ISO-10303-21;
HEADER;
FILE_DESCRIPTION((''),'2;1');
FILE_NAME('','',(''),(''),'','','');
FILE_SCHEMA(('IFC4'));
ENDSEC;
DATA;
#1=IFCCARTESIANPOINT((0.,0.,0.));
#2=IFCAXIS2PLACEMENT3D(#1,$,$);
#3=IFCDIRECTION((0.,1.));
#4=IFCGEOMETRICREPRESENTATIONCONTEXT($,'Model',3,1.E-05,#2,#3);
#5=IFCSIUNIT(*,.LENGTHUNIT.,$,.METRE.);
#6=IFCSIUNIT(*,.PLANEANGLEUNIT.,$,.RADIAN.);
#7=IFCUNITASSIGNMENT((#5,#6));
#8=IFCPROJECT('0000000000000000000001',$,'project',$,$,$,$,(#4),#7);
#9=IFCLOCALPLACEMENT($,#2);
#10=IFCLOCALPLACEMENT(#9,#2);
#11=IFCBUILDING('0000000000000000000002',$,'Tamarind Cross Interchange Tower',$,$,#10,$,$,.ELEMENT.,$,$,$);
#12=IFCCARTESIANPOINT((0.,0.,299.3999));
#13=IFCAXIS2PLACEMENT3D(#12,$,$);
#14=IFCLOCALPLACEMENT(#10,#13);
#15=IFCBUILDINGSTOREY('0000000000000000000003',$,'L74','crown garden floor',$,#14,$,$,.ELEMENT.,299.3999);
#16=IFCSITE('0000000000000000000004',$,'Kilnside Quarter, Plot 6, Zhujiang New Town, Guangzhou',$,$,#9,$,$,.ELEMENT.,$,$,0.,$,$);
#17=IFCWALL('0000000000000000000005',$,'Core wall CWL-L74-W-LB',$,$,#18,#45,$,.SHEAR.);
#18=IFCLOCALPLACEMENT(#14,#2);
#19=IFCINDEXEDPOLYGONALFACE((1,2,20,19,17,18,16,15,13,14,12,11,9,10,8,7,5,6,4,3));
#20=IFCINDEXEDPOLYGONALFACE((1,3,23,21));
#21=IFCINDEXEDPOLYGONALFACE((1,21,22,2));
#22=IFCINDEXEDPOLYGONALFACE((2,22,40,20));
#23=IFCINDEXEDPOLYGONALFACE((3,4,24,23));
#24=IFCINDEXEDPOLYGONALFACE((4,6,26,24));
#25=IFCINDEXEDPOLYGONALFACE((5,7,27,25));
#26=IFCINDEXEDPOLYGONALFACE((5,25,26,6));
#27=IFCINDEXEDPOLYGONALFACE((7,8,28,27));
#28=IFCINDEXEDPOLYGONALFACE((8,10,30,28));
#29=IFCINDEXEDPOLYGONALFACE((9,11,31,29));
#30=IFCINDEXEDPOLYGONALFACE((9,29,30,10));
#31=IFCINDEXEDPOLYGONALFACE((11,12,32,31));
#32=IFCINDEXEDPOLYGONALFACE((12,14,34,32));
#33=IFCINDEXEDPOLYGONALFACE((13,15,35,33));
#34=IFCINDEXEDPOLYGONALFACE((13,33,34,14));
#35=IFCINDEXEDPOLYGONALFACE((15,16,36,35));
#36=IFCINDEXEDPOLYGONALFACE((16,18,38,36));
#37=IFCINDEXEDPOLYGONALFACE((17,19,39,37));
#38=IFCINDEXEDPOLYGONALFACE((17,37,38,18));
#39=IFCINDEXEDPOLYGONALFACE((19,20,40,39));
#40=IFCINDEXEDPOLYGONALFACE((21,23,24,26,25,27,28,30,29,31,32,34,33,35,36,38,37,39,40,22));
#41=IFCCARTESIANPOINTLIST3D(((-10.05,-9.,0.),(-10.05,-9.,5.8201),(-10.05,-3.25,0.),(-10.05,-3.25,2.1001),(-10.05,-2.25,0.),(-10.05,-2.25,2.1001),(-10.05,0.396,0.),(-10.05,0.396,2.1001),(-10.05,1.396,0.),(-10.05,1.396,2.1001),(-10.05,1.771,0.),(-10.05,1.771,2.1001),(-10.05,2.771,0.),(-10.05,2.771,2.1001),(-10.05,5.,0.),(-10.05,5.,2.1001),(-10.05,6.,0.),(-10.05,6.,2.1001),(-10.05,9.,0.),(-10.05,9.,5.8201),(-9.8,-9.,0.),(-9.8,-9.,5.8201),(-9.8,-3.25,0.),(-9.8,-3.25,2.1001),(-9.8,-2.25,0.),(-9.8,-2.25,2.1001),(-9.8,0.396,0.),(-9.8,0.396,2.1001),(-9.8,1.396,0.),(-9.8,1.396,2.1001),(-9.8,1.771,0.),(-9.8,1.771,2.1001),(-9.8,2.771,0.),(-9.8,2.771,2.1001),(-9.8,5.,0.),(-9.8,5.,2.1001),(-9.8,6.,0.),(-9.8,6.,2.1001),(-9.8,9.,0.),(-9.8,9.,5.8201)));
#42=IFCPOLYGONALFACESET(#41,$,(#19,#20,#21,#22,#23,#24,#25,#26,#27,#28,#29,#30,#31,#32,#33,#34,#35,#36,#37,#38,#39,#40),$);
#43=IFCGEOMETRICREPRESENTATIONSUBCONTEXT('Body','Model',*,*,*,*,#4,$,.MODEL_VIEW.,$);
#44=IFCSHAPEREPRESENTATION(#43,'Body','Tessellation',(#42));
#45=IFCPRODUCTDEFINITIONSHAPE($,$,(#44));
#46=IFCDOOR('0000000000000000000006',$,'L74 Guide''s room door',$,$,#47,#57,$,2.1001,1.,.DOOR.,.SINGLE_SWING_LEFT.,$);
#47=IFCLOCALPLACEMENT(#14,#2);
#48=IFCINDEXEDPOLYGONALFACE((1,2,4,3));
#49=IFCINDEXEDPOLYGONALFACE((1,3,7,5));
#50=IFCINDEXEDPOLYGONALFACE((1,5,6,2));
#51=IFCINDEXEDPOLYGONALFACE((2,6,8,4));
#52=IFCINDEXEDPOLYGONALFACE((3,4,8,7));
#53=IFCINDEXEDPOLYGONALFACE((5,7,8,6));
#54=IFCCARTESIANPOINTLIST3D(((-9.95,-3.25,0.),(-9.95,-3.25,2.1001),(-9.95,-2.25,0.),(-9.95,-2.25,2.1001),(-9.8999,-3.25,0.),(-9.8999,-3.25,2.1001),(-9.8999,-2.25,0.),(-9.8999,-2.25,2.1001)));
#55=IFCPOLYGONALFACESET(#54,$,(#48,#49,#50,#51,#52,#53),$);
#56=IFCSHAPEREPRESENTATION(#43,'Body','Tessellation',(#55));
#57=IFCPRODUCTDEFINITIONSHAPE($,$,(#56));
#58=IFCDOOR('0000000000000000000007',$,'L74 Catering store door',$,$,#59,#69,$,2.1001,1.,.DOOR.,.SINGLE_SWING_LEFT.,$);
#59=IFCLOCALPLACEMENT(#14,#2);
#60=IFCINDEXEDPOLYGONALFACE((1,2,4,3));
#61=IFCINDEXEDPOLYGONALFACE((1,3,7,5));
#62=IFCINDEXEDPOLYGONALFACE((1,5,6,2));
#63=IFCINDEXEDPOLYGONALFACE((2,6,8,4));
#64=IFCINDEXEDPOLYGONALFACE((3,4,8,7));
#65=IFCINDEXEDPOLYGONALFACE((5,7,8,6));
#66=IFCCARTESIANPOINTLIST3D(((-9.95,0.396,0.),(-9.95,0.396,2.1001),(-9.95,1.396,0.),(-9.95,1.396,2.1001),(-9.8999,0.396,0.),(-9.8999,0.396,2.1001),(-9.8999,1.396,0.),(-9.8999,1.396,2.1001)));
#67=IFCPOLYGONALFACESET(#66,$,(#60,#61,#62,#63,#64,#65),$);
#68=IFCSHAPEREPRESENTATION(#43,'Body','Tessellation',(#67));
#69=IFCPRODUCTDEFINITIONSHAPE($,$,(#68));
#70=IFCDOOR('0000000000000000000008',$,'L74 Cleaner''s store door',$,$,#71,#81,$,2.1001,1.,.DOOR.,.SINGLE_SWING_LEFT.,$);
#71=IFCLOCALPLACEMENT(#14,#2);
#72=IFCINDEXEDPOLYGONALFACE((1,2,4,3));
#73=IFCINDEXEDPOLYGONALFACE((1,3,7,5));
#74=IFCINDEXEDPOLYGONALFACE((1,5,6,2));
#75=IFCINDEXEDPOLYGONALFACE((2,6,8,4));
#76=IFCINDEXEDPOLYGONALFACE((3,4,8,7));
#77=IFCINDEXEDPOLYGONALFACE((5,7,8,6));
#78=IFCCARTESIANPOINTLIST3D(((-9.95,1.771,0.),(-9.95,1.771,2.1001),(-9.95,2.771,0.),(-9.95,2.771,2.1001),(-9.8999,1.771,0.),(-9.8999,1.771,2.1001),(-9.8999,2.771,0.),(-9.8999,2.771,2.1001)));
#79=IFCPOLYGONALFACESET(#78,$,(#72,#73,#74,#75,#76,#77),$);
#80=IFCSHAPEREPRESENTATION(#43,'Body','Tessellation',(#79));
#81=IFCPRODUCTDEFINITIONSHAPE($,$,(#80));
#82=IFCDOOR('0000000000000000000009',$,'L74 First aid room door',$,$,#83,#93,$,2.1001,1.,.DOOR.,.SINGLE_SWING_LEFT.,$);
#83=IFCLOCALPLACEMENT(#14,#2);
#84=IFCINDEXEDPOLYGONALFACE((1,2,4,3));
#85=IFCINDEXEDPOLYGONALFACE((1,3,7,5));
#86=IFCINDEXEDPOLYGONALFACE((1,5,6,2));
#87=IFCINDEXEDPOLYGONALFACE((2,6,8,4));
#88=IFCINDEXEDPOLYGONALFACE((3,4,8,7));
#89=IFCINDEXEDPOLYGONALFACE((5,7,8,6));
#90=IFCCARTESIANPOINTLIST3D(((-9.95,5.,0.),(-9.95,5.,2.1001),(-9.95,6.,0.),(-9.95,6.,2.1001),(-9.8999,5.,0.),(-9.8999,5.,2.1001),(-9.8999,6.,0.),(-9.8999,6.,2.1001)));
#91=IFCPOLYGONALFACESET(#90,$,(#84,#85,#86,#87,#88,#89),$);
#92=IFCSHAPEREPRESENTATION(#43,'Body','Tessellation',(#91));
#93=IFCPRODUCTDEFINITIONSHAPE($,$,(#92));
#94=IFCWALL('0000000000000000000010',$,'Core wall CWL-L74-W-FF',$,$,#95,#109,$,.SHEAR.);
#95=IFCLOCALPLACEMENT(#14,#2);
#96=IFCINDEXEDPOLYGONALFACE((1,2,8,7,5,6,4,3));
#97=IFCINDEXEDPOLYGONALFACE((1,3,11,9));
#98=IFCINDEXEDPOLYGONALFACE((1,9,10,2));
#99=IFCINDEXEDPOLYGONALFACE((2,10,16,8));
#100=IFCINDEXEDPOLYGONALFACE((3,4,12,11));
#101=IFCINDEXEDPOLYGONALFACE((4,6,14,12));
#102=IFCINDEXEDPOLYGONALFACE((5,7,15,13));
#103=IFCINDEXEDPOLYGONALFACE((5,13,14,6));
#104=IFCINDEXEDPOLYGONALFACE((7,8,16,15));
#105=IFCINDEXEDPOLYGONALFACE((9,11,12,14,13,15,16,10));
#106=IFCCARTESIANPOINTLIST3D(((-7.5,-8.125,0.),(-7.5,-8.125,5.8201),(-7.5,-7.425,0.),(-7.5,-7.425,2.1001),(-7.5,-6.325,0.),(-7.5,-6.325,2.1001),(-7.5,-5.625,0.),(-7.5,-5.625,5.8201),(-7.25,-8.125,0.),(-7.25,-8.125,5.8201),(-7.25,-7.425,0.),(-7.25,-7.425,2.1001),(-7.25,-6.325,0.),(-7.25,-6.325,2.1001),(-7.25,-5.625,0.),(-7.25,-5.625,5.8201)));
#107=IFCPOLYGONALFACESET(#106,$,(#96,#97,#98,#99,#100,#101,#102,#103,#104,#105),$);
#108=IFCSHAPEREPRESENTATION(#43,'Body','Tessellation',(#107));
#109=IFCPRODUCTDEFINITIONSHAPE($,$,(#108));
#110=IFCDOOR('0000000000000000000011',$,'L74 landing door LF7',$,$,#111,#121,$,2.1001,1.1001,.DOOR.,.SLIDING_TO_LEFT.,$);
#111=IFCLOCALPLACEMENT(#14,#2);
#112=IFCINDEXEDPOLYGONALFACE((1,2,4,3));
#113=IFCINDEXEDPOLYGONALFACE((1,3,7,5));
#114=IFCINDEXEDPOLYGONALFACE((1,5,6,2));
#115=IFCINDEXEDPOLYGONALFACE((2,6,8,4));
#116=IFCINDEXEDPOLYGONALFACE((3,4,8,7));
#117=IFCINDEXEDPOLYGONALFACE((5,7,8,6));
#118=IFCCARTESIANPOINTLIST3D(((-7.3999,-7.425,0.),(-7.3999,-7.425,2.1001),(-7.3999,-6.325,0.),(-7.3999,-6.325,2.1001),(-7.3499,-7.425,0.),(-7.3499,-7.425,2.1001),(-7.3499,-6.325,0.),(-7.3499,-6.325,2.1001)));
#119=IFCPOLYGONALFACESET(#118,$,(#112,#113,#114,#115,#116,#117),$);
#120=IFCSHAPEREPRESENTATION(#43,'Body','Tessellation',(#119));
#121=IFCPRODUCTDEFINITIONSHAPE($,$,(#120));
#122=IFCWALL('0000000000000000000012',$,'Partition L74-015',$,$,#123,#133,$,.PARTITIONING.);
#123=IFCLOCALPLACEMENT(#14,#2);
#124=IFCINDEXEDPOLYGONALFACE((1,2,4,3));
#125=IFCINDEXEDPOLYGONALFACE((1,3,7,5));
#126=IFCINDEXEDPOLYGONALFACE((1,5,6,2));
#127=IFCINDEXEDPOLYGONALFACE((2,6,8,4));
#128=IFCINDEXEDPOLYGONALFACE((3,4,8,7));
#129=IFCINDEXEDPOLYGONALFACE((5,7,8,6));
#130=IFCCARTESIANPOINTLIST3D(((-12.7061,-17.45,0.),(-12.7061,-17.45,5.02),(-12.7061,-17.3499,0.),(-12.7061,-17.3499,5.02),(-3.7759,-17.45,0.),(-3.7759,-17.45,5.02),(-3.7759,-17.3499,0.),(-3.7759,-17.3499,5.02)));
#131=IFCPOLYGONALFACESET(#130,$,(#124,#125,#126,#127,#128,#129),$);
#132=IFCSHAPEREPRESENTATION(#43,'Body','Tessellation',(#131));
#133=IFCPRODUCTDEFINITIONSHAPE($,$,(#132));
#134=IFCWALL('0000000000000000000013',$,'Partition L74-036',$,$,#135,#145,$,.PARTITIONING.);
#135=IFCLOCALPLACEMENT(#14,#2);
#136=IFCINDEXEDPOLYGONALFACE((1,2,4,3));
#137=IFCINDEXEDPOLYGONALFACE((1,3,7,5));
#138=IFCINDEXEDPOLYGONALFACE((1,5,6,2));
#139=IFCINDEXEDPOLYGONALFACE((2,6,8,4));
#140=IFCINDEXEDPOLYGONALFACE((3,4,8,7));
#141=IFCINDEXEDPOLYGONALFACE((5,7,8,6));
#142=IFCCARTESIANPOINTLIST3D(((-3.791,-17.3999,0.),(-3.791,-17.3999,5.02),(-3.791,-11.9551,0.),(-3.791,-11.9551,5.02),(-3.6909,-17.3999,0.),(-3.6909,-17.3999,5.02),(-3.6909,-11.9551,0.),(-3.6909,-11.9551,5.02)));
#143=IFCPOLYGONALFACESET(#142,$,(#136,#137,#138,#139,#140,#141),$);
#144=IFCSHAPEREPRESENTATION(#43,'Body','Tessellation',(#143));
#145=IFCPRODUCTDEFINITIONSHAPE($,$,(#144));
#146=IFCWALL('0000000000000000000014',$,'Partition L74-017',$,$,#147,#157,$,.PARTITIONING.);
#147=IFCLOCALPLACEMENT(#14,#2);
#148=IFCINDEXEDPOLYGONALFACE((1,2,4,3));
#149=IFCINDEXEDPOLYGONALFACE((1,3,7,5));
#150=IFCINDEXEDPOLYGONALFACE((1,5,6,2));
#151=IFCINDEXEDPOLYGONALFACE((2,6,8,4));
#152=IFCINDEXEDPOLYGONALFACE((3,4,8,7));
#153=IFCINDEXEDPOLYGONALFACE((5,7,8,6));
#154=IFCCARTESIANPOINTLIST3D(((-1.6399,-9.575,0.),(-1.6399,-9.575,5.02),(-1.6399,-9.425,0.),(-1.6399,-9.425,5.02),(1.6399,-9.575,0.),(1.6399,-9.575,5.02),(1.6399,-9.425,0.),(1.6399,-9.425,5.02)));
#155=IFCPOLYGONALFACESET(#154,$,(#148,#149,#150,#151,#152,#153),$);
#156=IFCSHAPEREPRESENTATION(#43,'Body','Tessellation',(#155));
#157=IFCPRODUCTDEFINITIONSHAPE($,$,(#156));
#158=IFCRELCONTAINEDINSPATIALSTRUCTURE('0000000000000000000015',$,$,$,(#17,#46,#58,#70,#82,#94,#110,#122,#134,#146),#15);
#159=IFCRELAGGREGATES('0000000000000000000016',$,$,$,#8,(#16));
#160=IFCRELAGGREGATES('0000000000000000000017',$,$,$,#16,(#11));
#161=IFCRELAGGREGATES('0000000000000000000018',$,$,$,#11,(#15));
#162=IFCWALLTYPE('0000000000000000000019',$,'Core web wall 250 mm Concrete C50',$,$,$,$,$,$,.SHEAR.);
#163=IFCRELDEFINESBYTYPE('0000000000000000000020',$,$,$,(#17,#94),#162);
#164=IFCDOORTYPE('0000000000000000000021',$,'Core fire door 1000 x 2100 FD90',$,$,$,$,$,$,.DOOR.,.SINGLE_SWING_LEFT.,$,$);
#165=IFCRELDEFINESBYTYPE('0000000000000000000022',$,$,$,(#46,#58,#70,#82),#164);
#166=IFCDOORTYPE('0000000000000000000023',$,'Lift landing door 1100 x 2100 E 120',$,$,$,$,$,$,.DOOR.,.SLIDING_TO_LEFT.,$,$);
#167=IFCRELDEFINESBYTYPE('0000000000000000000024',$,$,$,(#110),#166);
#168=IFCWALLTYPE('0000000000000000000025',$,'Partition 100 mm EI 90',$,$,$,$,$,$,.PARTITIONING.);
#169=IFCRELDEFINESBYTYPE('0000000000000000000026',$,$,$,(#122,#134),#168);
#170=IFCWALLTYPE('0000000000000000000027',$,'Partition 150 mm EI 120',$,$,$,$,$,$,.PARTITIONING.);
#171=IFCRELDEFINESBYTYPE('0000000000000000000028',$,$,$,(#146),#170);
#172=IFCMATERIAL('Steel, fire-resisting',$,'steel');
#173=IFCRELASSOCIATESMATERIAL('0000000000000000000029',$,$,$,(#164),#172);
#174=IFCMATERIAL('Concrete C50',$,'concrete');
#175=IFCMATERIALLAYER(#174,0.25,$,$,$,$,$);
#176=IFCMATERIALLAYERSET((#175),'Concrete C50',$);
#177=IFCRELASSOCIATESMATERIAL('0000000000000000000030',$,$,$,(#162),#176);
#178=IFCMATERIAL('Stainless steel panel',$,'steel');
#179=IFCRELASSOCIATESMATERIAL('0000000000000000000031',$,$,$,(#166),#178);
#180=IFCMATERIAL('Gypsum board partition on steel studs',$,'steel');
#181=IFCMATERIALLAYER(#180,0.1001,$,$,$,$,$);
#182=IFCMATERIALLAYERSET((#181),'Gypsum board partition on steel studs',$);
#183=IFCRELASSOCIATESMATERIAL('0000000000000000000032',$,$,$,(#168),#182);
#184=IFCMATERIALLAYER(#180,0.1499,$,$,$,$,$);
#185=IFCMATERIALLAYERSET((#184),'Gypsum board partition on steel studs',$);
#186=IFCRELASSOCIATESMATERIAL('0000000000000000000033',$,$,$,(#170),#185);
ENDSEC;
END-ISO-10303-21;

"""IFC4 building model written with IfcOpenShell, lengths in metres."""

from ifc_helpers import new_model, si_unit, direction, frame, frame_2d, origin, place, context, subcontext, project, spatial, rectangle, extrude, material, layer, layer_set, type_object, element, fill, save


model = new_model("IFC4")

# Units and contexts
model_context = context("Model", 3, precision=1e-05, world=origin(), true_north=direction((0.0, 1.0)))
body_context = subcontext(model_context, "Body", "Model", "MODEL_VIEW")
ifc_project = project(units=[si_unit("LENGTHUNIT", "METRE"), si_unit("PLANEANGLEUNIT", "RADIAN")], contexts=[model_context])

# Site, building, storey
site_placement = place(None, origin())
site = spatial("IfcSite", under=ifc_project, at=site_placement, Name="Kilnside Quarter, Plot 6, Zhujiang New Town, Guangzhou", CompositionType="ELEMENT", RefElevation=0.0)
building_placement = place(site_placement, origin())
building = spatial("IfcBuilding", under=site, at=building_placement, Name="Tamarind Cross Interchange Tower", CompositionType="ELEMENT")
storey_placement = place(building_placement, frame((0.0, 0.0, 299.3999)))
storey = spatial("IfcBuildingStorey", under=building, at=storey_placement, Name="L74", Description="crown garden floor", CompositionType="ELEMENT", Elevation=299.3999)

# Shared definitions
ifc_material_1 = material(Name="Concrete C50", Category="concrete")
ifc_material_2 = material(Name="Steel, fire-resisting", Category="steel")
door_type_1 = type_object("IfcDoorType", Name="Core fire door 1000 x 2100 FD90", OperationType="SINGLE_SWING_LEFT", PredefinedType="DOOR", material=ifc_material_2)

# Shared definitions
ifc_layer_1 = layer(ifc_material_1, 0.25)
ifc_layer_set_1 = layer_set([ifc_layer_1], Name="Concrete C50")
wall_type_1 = type_object("IfcWallType", Name="Core web wall 250 mm Concrete C50", PredefinedType="SHEAR", material=ifc_layer_set_1)

# Wall, openings, doors
wall_1_placement = place(storey_placement, frame((-9.925, -9.0, 0.0), z_axis=(0.0, 0.0, 1.0), x_axis=(0.0, 1.0, 0.0)))
wall_1 = element("IfcWall", 1, at=wall_1_placement, inside=storey, type_object=wall_type_1, Name="Core wall CWL-L74-W-LB", PredefinedType="SHEAR", context=body_context, shape_type="SweptSolid", body=[
    extrude(rectangle(XDim=18.0, YDim=0.25, at=frame_2d((9.0, 0.0))), origin(), (0.0, 0.0, 1.0), 5.8201),
])
opening_1_placement = place(wall_1_placement, frame((5.75, 0.0, 0.0)))
opening_1 = element("IfcOpeningElement", 2, at=opening_1_placement, cuts=wall_1, PredefinedType="OPENING", context=body_context, shape_type="SweptSolid", body=[
    extrude(rectangle(XDim=1.0, YDim=2.1001, at=frame_2d((0.5, 1.05))), frame((0.0, 0.135, 0.0), z_axis=(0.0, -1.0, 0.0), x_axis=(1.0, 0.0, 0.0)), (0.0, 0.0, 1.0), 0.27),
])
opening_2_placement = place(wall_1_placement, frame((9.396, 0.0, 0.0)))
opening_2 = element("IfcOpeningElement", 3, at=opening_2_placement, cuts=wall_1, PredefinedType="OPENING", context=body_context, shape_type="SweptSolid", body=[
    extrude(rectangle(XDim=1.0, YDim=2.1001, at=frame_2d((0.5, 1.05))), frame((0.0, 0.135, 0.0), z_axis=(0.0, -1.0, 0.0), x_axis=(1.0, 0.0, 0.0)), (0.0, 0.0, 1.0), 0.27),
])
opening_3_placement = place(wall_1_placement, frame((10.771, 0.0, 0.0)))
opening_3 = element("IfcOpeningElement", 4, at=opening_3_placement, cuts=wall_1, PredefinedType="OPENING", context=body_context, shape_type="SweptSolid", body=[
    extrude(rectangle(XDim=1.0, YDim=2.1001, at=frame_2d((0.5, 1.05))), frame((0.0, 0.135, 0.0), z_axis=(0.0, -1.0, 0.0), x_axis=(1.0, 0.0, 0.0)), (0.0, 0.0, 1.0), 0.27),
])
opening_4_placement = place(wall_1_placement, frame((14.0, 0.0, 0.0)))
opening_4 = element("IfcOpeningElement", 5, at=opening_4_placement, cuts=wall_1, PredefinedType="OPENING", context=body_context, shape_type="SweptSolid", body=[
    extrude(rectangle(XDim=1.0, YDim=2.1001, at=frame_2d((0.5, 1.05))), frame((0.0, 0.135, 0.0), z_axis=(0.0, -1.0, 0.0), x_axis=(1.0, 0.0, 0.0)), (0.0, 0.0, 1.0), 0.27),
])
door_1_placement = place(opening_1_placement, origin())
door_1 = element("IfcDoor", 6, at=door_1_placement, inside=storey, type_object=door_type_1, Name="L74 Guide's room door", OperationType="SINGLE_SWING_LEFT", OverallHeight=2.1001, OverallWidth=1.0, PredefinedType="DOOR", context=body_context, shape_type="SweptSolid", body=[
    extrude(rectangle(XDim=1.0, YDim=2.1001, at=frame_2d((0.5, 1.05))), frame((0.0, 0.0249, 0.0), z_axis=(0.0, -1.0, 0.0), x_axis=(1.0, 0.0, 0.0)), (0.0, 0.0, 1.0), 0.05),
])
fill(opening_1, door_1)
door_2_placement = place(opening_2_placement, origin())
door_2 = element("IfcDoor", 7, at=door_2_placement, inside=storey, type_object=door_type_1, Name="L74 Catering store door", OperationType="SINGLE_SWING_LEFT", OverallHeight=2.1001, OverallWidth=1.0, PredefinedType="DOOR", context=body_context, shape_type="SweptSolid", body=[
    extrude(rectangle(XDim=1.0, YDim=2.1001, at=frame_2d((0.5, 1.05))), frame((0.0, 0.0249, 0.0), z_axis=(0.0, -1.0, 0.0), x_axis=(1.0, 0.0, 0.0)), (0.0, 0.0, 1.0), 0.05),
])
fill(opening_2, door_2)
door_3_placement = place(opening_3_placement, origin())
door_3 = element("IfcDoor", 8, at=door_3_placement, inside=storey, type_object=door_type_1, Name="L74 Cleaner's store door", OperationType="SINGLE_SWING_LEFT", OverallHeight=2.1001, OverallWidth=1.0, PredefinedType="DOOR", context=body_context, shape_type="SweptSolid", body=[
    extrude(rectangle(XDim=1.0, YDim=2.1001, at=frame_2d((0.5, 1.05))), frame((0.0, 0.0249, 0.0), z_axis=(0.0, -1.0, 0.0), x_axis=(1.0, 0.0, 0.0)), (0.0, 0.0, 1.0), 0.05),
])
fill(opening_3, door_3)
door_4_placement = place(opening_4_placement, origin())
door_4 = element("IfcDoor", 9, at=door_4_placement, inside=storey, type_object=door_type_1, Name="L74 First aid room door", OperationType="SINGLE_SWING_LEFT", OverallHeight=2.1001, OverallWidth=1.0, PredefinedType="DOOR", context=body_context, shape_type="SweptSolid", body=[
    extrude(rectangle(XDim=1.0, YDim=2.1001, at=frame_2d((0.5, 1.05))), frame((0.0, 0.0249, 0.0), z_axis=(0.0, -1.0, 0.0), x_axis=(1.0, 0.0, 0.0)), (0.0, 0.0, 1.0), 0.05),
])
fill(opening_4, door_4)

# Wall, opening, door
wall_2_placement = place(storey_placement, frame((-7.375, -8.125, 0.0), z_axis=(0.0, 0.0, 1.0), x_axis=(0.0, 1.0, 0.0)))
wall_2 = element("IfcWall", 10, at=wall_2_placement, inside=storey, type_object=wall_type_1, Name="Core wall CWL-L74-W-FF", PredefinedType="SHEAR", context=body_context, shape_type="SweptSolid", body=[
    extrude(rectangle(XDim=2.5, YDim=0.25, at=frame_2d((1.25, 0.0))), origin(), (0.0, 0.0, 1.0), 5.8201),
])
opening_5_placement = place(wall_2_placement, frame((0.7, 0.0, 0.0)))
opening_5 = element("IfcOpeningElement", 11, at=opening_5_placement, cuts=wall_2, PredefinedType="OPENING", context=body_context, shape_type="SweptSolid", body=[
    extrude(rectangle(XDim=1.1001, YDim=2.1001, at=frame_2d((0.55, 1.05))), frame((0.0, 0.135, 0.0), z_axis=(0.0, -1.0, 0.0), x_axis=(1.0, 0.0, 0.0)), (0.0, 0.0, 1.0), 0.27),
])
ifc_material_3 = material(Name="Stainless steel panel", Category="steel")
door_type_2 = type_object("IfcDoorType", Name="Lift landing door 1100 x 2100 E 120", OperationType="SLIDING_TO_LEFT", PredefinedType="DOOR", material=ifc_material_3)
door_5_placement = place(opening_5_placement, origin())
door_5 = element("IfcDoor", 12, at=door_5_placement, inside=storey, type_object=door_type_2, Name="L74 landing door LF7", OperationType="SLIDING_TO_LEFT", OverallHeight=2.1001, OverallWidth=1.1001, PredefinedType="DOOR", context=body_context, shape_type="SweptSolid", body=[
    extrude(rectangle(XDim=1.1001, YDim=2.1001, at=frame_2d((0.55, 1.05))), frame((0.0, 0.0249, 0.0), z_axis=(0.0, -1.0, 0.0), x_axis=(1.0, 0.0, 0.0)), (0.0, 0.0, 1.0), 0.05),
])
fill(opening_5, door_5)

# Walls
ifc_material_4 = material(Name="Gypsum board partition on steel studs", Category="steel")
ifc_layer_2 = layer(ifc_material_4, 0.1001)
ifc_layer_set_2 = layer_set([ifc_layer_2], Name="Gypsum board partition on steel studs")
wall_type_2 = type_object("IfcWallType", Name="Partition 100 mm EI 90", PredefinedType="PARTITIONING", material=ifc_layer_set_2)
wall_3_placement = place(storey_placement, frame((-12.7061, -17.3999, 0.0), z_axis=(0.0, 0.0, 1.0), x_axis=(1.0, 0.0, 0.0)))
element("IfcWall", 13, at=wall_3_placement, inside=storey, type_object=wall_type_2, Name="Partition L74-015", PredefinedType="PARTITIONING", context=body_context, shape_type="SweptSolid", body=[
    extrude(rectangle(XDim=8.9302, YDim=0.1001, at=frame_2d((4.4651, 0.0))), origin(), (0.0, 0.0, 1.0), 5.02),
])
wall_4_placement = place(storey_placement, frame((-3.741, -17.3999, 0.0), z_axis=(0.0, 0.0, 1.0), x_axis=(0.0, 1.0, 0.0)))
element("IfcWall", 14, at=wall_4_placement, inside=storey, type_object=wall_type_2, Name="Partition L74-036", PredefinedType="PARTITIONING", context=body_context, shape_type="SweptSolid", body=[
    extrude(rectangle(XDim=5.4448, YDim=0.1001, at=frame_2d((2.7224, 0.0))), origin(), (0.0, 0.0, 1.0), 5.02),
])
ifc_layer_3 = layer(ifc_material_4, 0.1499)
ifc_layer_set_3 = layer_set([ifc_layer_3], Name="Gypsum board partition on steel studs")
wall_type_3 = type_object("IfcWallType", Name="Partition 150 mm EI 120", PredefinedType="PARTITIONING", material=ifc_layer_set_3)
wall_5_placement = place(storey_placement, frame((-1.6399, -9.5, 0.0), z_axis=(0.0, 0.0, 1.0), x_axis=(1.0, 0.0, 0.0)))
element("IfcWall", 15, at=wall_5_placement, inside=storey, type_object=wall_type_3, Name="Partition L74-017", PredefinedType="PARTITIONING", context=body_context, shape_type="SweptSolid", body=[
    extrude(rectangle(XDim=3.2798, YDim=0.1499, at=frame_2d((1.6399, 0.0))), origin(), (0.0, 0.0, 1.0), 5.02),
])

save(model, "model.ifc")
